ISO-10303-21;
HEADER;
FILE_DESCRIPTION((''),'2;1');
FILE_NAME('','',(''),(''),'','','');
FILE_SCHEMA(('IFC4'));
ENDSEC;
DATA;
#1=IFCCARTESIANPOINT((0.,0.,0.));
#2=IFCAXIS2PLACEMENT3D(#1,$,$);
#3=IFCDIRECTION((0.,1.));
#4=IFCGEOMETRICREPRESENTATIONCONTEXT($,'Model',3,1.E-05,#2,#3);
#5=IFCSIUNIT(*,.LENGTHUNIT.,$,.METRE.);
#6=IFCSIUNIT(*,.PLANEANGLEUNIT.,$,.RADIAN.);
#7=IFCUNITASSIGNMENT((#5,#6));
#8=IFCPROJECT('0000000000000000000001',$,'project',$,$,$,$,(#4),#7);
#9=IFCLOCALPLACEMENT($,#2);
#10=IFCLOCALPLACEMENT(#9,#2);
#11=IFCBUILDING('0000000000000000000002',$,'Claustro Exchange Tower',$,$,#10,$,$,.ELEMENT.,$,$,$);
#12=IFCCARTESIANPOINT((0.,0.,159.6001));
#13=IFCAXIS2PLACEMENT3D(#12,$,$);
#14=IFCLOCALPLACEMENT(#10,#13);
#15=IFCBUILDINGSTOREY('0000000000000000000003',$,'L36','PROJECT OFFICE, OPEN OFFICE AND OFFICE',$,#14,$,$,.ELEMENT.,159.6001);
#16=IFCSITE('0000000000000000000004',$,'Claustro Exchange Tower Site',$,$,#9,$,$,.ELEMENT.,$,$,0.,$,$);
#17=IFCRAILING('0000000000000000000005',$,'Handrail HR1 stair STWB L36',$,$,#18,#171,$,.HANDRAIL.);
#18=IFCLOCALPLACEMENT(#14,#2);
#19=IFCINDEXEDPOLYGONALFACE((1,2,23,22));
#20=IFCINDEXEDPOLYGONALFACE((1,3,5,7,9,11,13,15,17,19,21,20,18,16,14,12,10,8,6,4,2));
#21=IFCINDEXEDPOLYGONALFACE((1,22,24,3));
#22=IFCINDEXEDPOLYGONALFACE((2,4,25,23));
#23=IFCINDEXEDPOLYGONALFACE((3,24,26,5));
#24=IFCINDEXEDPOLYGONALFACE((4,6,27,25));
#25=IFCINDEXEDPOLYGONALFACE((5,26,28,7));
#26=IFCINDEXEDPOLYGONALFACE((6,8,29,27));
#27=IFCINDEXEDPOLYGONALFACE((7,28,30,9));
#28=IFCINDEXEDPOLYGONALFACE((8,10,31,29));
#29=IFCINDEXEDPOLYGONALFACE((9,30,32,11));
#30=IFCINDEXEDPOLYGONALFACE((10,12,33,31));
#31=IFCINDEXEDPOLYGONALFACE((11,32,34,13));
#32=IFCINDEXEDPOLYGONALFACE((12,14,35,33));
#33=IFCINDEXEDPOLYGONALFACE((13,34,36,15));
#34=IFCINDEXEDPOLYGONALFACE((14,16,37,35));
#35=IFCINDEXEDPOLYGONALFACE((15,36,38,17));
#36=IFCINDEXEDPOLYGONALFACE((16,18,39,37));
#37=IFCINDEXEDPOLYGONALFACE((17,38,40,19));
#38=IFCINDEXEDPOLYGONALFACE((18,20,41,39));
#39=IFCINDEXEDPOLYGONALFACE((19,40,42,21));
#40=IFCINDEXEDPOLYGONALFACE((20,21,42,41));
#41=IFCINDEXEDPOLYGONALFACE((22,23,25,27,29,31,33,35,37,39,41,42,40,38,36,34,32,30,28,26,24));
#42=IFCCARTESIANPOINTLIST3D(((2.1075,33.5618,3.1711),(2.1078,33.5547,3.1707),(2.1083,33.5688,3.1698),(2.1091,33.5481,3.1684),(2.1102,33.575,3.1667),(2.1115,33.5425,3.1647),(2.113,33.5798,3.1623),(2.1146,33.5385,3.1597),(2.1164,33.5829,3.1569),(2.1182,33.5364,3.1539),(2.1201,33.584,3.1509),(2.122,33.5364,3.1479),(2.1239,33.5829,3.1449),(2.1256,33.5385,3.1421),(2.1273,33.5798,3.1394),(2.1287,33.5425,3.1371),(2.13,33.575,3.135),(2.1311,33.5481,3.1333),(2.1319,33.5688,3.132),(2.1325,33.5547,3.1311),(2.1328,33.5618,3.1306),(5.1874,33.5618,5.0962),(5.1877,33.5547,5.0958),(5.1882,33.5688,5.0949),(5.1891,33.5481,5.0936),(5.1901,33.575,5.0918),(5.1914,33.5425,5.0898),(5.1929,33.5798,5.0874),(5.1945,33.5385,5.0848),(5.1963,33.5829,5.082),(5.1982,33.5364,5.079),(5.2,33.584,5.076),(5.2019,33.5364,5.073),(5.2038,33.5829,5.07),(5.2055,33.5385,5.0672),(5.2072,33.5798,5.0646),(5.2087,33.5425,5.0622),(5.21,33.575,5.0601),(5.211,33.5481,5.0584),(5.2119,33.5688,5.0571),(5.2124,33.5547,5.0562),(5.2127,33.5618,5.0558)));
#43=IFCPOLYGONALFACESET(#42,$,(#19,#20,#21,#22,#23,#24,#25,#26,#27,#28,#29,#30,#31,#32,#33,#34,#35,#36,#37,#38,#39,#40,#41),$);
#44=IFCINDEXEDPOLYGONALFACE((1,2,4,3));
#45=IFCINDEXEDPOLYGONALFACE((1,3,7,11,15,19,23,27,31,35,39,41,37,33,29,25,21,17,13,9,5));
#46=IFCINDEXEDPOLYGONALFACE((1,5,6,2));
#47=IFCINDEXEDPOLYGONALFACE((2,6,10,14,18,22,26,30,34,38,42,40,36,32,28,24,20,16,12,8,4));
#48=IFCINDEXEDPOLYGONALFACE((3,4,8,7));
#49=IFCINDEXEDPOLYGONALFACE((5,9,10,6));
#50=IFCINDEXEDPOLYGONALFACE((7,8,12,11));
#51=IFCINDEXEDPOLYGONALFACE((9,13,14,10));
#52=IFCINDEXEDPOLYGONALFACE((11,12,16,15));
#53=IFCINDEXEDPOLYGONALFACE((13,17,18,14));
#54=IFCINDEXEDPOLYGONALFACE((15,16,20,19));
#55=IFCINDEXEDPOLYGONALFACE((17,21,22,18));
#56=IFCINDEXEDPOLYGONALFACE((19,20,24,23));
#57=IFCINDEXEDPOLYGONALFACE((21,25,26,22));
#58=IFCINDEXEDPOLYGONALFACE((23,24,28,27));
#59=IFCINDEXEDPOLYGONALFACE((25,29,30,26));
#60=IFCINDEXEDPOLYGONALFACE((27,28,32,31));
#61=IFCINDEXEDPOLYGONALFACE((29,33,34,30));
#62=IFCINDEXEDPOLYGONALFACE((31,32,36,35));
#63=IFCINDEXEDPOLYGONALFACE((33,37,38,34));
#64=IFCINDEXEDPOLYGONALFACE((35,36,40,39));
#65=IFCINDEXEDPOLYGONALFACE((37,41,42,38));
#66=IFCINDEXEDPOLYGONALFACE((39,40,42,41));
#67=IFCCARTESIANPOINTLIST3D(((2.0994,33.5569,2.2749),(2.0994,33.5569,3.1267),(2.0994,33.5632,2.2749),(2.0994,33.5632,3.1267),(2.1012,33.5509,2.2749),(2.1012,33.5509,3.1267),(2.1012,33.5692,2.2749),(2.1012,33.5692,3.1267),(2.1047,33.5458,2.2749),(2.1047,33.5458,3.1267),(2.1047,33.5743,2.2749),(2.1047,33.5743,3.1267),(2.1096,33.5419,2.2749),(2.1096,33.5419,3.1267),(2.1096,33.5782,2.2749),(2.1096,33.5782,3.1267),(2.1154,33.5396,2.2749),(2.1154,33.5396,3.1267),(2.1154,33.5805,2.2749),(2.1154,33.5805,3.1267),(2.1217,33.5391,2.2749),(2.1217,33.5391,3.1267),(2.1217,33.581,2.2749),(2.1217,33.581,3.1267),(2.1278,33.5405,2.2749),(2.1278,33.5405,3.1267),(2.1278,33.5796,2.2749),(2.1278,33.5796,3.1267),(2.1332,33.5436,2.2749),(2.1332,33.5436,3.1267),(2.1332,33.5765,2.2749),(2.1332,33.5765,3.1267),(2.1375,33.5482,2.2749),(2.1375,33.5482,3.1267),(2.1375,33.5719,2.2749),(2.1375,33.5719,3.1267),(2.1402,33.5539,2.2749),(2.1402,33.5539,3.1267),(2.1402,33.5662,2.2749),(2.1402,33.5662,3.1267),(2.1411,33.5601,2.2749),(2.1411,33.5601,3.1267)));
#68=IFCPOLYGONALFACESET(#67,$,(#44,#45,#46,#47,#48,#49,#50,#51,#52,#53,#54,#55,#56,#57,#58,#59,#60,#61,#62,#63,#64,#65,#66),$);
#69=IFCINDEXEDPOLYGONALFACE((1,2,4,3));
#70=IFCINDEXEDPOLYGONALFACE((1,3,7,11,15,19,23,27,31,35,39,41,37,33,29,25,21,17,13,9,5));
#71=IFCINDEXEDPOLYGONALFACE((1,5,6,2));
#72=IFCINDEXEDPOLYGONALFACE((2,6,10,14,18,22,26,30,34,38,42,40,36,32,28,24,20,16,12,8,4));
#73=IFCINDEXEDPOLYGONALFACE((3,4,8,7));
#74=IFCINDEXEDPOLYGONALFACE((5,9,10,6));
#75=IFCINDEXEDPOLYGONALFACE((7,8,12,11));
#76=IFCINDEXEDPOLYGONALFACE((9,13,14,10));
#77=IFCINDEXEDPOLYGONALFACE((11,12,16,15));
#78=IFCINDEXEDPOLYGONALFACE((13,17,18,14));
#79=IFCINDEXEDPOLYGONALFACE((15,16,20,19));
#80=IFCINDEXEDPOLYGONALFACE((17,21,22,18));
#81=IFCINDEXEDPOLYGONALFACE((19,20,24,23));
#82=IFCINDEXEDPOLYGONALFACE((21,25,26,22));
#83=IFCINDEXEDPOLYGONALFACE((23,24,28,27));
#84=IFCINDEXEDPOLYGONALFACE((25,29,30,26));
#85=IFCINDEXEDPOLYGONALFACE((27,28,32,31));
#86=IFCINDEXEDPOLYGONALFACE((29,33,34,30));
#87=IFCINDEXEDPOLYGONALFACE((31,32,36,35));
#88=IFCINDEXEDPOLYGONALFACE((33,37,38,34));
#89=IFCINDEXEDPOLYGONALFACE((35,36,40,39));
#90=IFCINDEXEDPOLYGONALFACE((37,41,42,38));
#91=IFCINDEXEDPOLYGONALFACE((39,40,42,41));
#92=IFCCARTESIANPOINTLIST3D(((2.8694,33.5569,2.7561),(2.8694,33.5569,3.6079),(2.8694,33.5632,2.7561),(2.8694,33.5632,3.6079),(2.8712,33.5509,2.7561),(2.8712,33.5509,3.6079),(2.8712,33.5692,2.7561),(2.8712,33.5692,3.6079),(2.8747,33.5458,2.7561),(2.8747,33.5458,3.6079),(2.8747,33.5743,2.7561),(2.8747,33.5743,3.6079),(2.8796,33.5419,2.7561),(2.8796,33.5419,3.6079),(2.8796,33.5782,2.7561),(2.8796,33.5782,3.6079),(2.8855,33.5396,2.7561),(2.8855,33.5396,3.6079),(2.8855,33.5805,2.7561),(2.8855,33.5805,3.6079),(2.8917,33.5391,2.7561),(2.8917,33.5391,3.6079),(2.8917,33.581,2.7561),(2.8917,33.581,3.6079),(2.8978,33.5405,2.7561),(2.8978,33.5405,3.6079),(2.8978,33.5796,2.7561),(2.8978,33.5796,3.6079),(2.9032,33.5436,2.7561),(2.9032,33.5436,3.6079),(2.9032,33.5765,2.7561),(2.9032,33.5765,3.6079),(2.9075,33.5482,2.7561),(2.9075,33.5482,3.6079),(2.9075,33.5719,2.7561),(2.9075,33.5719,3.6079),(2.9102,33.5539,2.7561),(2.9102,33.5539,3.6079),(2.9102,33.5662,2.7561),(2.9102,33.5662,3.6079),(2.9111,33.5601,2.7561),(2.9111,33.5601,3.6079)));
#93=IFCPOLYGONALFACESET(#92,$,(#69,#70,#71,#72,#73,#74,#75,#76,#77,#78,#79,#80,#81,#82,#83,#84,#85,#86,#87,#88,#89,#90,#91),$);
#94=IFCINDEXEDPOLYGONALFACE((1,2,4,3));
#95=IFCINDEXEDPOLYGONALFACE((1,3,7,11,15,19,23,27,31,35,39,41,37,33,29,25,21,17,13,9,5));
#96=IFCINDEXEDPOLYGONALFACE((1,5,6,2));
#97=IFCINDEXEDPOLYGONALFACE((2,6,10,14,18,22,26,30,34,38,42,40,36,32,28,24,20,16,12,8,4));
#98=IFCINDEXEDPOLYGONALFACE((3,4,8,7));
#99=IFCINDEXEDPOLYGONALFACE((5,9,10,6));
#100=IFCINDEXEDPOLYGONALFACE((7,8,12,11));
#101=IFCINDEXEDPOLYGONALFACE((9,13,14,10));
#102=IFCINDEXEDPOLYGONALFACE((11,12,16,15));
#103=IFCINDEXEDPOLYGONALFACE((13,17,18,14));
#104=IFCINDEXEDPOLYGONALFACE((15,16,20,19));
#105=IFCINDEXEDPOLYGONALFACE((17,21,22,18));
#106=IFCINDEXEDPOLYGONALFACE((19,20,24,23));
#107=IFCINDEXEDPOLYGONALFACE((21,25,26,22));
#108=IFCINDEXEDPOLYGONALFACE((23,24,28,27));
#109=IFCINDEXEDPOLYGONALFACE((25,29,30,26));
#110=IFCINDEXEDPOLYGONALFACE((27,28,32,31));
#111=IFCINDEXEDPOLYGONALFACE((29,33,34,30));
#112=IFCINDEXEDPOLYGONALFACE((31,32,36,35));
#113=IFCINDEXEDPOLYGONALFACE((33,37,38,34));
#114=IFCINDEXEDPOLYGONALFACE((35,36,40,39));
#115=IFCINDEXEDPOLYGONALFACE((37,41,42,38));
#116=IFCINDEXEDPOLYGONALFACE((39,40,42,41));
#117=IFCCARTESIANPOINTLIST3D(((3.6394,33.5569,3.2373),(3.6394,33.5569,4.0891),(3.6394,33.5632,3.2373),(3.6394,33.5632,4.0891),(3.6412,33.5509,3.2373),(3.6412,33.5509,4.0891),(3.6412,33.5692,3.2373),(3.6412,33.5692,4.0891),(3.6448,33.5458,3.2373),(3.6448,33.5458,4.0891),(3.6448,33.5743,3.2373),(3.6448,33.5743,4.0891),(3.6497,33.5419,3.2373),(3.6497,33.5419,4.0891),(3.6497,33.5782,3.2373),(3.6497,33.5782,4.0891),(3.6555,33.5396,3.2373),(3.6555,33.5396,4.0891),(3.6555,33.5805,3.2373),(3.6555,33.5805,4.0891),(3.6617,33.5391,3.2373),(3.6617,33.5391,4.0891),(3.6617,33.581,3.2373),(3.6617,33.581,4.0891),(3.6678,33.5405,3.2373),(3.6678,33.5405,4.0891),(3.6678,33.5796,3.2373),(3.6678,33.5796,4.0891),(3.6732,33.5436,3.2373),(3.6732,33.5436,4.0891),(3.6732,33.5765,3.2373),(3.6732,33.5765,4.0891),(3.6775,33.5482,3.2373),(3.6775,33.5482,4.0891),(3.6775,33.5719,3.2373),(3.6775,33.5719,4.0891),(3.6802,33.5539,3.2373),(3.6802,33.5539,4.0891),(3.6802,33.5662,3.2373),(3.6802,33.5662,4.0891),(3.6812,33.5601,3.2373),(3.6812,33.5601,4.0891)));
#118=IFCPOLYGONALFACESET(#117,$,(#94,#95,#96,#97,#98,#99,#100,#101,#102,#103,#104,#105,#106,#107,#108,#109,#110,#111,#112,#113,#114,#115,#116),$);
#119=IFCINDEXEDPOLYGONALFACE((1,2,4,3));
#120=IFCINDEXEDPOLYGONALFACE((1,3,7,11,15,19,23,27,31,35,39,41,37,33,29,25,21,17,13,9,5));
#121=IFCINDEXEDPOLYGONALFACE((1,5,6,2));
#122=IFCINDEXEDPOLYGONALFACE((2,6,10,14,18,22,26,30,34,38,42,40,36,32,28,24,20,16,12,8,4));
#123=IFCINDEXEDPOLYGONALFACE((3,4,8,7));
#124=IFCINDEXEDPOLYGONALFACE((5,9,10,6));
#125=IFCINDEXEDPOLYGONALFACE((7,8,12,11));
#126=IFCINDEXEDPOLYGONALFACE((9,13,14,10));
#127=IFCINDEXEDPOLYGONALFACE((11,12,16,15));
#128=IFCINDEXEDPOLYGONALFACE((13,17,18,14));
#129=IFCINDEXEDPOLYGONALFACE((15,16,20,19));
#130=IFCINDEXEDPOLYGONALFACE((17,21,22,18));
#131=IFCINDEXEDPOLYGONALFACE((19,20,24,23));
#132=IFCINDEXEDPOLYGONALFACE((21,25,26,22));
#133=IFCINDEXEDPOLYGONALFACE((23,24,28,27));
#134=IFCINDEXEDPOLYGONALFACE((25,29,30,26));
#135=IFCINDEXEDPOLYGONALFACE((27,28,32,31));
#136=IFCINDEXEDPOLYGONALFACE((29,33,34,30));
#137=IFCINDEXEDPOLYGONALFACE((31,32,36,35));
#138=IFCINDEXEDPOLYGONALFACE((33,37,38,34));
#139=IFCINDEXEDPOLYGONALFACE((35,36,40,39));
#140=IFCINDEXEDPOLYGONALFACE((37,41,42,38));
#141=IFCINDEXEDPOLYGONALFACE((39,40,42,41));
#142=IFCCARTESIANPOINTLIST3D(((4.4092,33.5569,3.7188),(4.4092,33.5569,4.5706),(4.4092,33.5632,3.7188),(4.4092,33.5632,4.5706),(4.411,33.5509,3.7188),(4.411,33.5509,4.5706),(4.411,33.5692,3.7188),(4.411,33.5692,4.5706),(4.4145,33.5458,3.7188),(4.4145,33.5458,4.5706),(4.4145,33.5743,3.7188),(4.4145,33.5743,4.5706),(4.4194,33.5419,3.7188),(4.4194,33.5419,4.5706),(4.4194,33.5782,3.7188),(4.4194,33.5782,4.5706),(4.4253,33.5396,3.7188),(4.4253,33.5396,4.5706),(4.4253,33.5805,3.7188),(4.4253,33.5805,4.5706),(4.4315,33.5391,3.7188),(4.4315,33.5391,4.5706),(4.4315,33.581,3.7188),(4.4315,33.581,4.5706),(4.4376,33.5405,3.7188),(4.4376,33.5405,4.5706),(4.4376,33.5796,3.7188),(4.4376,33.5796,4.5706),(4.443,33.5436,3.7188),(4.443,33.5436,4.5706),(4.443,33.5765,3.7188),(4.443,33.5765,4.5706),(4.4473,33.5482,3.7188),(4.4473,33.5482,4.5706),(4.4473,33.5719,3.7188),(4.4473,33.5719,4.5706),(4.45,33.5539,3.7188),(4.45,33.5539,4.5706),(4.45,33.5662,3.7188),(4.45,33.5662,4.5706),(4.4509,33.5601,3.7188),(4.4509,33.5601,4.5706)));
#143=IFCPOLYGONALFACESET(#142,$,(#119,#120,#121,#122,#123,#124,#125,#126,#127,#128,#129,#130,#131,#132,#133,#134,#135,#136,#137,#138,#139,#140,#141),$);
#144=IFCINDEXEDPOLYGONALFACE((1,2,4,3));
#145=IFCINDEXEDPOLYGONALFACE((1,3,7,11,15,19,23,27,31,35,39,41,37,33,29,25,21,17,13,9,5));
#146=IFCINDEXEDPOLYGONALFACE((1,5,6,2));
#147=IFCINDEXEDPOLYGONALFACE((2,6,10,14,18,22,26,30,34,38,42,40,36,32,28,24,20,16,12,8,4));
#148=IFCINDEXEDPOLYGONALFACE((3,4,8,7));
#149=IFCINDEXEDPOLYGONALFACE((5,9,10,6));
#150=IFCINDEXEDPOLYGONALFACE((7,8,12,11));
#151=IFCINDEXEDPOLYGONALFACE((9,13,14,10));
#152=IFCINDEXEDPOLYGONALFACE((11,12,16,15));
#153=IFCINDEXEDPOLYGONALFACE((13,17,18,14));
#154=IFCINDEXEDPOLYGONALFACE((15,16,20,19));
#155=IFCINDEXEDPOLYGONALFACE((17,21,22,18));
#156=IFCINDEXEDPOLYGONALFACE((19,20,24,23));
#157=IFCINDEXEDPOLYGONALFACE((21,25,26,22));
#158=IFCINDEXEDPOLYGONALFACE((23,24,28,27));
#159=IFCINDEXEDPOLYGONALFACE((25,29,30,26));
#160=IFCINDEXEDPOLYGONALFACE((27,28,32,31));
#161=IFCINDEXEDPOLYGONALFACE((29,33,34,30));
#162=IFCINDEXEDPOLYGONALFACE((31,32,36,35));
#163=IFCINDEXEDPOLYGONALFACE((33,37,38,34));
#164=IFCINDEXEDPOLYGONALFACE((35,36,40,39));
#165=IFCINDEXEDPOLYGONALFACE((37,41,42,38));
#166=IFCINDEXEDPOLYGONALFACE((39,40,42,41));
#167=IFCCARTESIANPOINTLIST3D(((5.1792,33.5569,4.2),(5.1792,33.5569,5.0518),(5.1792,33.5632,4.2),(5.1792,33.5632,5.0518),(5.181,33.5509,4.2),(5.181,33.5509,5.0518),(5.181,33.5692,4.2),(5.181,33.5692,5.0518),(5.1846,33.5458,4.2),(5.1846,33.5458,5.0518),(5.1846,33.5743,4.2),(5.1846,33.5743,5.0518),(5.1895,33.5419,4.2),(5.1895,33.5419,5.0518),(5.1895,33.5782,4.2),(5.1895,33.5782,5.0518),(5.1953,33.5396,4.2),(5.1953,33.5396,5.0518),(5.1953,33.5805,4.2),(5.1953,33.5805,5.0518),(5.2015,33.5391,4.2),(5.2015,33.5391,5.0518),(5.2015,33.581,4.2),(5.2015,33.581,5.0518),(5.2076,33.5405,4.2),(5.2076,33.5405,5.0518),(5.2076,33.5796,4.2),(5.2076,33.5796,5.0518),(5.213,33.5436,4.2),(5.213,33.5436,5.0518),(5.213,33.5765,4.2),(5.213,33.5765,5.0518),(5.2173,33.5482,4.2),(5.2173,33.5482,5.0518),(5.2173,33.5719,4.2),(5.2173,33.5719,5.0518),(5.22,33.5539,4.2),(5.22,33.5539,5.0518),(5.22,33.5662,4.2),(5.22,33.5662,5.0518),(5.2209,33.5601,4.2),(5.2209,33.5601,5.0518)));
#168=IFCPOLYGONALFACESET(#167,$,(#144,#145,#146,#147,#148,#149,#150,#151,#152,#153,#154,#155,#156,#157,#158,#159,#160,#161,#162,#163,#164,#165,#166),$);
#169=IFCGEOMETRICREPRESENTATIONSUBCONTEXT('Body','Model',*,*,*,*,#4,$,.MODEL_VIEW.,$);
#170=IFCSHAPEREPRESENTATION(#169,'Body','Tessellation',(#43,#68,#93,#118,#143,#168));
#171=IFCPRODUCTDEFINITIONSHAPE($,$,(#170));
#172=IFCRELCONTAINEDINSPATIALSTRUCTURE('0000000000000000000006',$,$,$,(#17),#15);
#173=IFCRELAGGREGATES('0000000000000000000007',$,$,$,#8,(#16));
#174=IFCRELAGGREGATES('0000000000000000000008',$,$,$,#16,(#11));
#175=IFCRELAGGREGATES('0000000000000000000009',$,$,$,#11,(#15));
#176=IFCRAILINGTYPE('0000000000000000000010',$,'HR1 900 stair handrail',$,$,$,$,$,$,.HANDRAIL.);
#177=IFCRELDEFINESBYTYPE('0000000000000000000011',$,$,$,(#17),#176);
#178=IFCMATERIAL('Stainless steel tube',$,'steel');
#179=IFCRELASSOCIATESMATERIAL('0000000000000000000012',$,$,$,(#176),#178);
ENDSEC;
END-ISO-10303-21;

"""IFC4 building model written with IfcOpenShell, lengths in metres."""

from ifc_helpers import new_model, si_unit, direction, frame, origin, origin_2d, place, context, subcontext, project, spatial, circle, extrude, material, type_object, element, save


model = new_model("IFC4")

# Units and contexts
model_context = context("Model", 3, precision=1e-05, world=origin(), true_north=direction((0.0, 1.0)))
body_context = subcontext(model_context, "Body", "Model", "MODEL_VIEW")
ifc_project = project(units=[si_unit("LENGTHUNIT", "METRE"), si_unit("PLANEANGLEUNIT", "RADIAN")], contexts=[model_context])

# Site, building, storey
site_placement = place(None, origin())
site = spatial("IfcSite", under=ifc_project, at=site_placement, Name="Claustro Exchange Tower Site", CompositionType="ELEMENT", RefElevation=0.0)
building_placement = place(site_placement, origin())
building = spatial("IfcBuilding", under=site, at=building_placement, Name="Claustro Exchange Tower", CompositionType="ELEMENT")
storey_placement = place(building_placement, frame((0.0, 0.0, 159.6001)))
storey = spatial("IfcBuildingStorey", under=building, at=storey_placement, Name="L36", Description="PROJECT OFFICE, OPEN OFFICE AND OFFICE", CompositionType="ELEMENT", Elevation=159.6001)

# Railing
ifc_material_1 = material(Name="Stainless steel tube", Category="steel")
railing_type_1 = type_object("IfcRailingType", Name="HR1 900 stair handrail", PredefinedType="HANDRAIL", material=ifc_material_1)
railing_1_placement = place(storey_placement, frame((2.1201, 33.5601, 2.2749)))
element("IfcRailing", 1, at=railing_1_placement, inside=storey, type_object=railing_type_1, Name="Handrail HR1 stair STWB L36", PredefinedType="HANDRAIL", context=body_context, shape_type="SweptSolid", body=[
    extrude(circle(Radius=0.0239, at=origin_2d()), frame((0.0, 0.0, 0.876), z_axis=(0.847979, 0.0, 0.530029), x_axis=(0.0, 1.0, 0.0)), (0.0, 0.0, 1.0), 3.6321),
    extrude(circle(Radius=0.021, at=origin_2d()), origin(), (0.0, 0.0, 1.0), 0.8518),
    extrude(circle(Radius=0.021, at=origin_2d()), frame((0.77, 0.0, 0.4812)), (0.0, 0.0, 1.0), 0.8518),
    extrude(circle(Radius=0.021, at=origin_2d()), frame((1.54, 0.0, 0.9624)), (0.0, 0.0, 1.0), 0.8518),
    extrude(circle(Radius=0.021, at=origin_2d()), frame((2.3098, 0.0, 1.4438)), (0.0, 0.0, 1.0), 0.8518),
    extrude(circle(Radius=0.021, at=origin_2d()), frame((3.0798, 0.0, 1.925)), (0.0, 0.0, 1.0), 0.8518),
])

save(model, "model.ifc")
